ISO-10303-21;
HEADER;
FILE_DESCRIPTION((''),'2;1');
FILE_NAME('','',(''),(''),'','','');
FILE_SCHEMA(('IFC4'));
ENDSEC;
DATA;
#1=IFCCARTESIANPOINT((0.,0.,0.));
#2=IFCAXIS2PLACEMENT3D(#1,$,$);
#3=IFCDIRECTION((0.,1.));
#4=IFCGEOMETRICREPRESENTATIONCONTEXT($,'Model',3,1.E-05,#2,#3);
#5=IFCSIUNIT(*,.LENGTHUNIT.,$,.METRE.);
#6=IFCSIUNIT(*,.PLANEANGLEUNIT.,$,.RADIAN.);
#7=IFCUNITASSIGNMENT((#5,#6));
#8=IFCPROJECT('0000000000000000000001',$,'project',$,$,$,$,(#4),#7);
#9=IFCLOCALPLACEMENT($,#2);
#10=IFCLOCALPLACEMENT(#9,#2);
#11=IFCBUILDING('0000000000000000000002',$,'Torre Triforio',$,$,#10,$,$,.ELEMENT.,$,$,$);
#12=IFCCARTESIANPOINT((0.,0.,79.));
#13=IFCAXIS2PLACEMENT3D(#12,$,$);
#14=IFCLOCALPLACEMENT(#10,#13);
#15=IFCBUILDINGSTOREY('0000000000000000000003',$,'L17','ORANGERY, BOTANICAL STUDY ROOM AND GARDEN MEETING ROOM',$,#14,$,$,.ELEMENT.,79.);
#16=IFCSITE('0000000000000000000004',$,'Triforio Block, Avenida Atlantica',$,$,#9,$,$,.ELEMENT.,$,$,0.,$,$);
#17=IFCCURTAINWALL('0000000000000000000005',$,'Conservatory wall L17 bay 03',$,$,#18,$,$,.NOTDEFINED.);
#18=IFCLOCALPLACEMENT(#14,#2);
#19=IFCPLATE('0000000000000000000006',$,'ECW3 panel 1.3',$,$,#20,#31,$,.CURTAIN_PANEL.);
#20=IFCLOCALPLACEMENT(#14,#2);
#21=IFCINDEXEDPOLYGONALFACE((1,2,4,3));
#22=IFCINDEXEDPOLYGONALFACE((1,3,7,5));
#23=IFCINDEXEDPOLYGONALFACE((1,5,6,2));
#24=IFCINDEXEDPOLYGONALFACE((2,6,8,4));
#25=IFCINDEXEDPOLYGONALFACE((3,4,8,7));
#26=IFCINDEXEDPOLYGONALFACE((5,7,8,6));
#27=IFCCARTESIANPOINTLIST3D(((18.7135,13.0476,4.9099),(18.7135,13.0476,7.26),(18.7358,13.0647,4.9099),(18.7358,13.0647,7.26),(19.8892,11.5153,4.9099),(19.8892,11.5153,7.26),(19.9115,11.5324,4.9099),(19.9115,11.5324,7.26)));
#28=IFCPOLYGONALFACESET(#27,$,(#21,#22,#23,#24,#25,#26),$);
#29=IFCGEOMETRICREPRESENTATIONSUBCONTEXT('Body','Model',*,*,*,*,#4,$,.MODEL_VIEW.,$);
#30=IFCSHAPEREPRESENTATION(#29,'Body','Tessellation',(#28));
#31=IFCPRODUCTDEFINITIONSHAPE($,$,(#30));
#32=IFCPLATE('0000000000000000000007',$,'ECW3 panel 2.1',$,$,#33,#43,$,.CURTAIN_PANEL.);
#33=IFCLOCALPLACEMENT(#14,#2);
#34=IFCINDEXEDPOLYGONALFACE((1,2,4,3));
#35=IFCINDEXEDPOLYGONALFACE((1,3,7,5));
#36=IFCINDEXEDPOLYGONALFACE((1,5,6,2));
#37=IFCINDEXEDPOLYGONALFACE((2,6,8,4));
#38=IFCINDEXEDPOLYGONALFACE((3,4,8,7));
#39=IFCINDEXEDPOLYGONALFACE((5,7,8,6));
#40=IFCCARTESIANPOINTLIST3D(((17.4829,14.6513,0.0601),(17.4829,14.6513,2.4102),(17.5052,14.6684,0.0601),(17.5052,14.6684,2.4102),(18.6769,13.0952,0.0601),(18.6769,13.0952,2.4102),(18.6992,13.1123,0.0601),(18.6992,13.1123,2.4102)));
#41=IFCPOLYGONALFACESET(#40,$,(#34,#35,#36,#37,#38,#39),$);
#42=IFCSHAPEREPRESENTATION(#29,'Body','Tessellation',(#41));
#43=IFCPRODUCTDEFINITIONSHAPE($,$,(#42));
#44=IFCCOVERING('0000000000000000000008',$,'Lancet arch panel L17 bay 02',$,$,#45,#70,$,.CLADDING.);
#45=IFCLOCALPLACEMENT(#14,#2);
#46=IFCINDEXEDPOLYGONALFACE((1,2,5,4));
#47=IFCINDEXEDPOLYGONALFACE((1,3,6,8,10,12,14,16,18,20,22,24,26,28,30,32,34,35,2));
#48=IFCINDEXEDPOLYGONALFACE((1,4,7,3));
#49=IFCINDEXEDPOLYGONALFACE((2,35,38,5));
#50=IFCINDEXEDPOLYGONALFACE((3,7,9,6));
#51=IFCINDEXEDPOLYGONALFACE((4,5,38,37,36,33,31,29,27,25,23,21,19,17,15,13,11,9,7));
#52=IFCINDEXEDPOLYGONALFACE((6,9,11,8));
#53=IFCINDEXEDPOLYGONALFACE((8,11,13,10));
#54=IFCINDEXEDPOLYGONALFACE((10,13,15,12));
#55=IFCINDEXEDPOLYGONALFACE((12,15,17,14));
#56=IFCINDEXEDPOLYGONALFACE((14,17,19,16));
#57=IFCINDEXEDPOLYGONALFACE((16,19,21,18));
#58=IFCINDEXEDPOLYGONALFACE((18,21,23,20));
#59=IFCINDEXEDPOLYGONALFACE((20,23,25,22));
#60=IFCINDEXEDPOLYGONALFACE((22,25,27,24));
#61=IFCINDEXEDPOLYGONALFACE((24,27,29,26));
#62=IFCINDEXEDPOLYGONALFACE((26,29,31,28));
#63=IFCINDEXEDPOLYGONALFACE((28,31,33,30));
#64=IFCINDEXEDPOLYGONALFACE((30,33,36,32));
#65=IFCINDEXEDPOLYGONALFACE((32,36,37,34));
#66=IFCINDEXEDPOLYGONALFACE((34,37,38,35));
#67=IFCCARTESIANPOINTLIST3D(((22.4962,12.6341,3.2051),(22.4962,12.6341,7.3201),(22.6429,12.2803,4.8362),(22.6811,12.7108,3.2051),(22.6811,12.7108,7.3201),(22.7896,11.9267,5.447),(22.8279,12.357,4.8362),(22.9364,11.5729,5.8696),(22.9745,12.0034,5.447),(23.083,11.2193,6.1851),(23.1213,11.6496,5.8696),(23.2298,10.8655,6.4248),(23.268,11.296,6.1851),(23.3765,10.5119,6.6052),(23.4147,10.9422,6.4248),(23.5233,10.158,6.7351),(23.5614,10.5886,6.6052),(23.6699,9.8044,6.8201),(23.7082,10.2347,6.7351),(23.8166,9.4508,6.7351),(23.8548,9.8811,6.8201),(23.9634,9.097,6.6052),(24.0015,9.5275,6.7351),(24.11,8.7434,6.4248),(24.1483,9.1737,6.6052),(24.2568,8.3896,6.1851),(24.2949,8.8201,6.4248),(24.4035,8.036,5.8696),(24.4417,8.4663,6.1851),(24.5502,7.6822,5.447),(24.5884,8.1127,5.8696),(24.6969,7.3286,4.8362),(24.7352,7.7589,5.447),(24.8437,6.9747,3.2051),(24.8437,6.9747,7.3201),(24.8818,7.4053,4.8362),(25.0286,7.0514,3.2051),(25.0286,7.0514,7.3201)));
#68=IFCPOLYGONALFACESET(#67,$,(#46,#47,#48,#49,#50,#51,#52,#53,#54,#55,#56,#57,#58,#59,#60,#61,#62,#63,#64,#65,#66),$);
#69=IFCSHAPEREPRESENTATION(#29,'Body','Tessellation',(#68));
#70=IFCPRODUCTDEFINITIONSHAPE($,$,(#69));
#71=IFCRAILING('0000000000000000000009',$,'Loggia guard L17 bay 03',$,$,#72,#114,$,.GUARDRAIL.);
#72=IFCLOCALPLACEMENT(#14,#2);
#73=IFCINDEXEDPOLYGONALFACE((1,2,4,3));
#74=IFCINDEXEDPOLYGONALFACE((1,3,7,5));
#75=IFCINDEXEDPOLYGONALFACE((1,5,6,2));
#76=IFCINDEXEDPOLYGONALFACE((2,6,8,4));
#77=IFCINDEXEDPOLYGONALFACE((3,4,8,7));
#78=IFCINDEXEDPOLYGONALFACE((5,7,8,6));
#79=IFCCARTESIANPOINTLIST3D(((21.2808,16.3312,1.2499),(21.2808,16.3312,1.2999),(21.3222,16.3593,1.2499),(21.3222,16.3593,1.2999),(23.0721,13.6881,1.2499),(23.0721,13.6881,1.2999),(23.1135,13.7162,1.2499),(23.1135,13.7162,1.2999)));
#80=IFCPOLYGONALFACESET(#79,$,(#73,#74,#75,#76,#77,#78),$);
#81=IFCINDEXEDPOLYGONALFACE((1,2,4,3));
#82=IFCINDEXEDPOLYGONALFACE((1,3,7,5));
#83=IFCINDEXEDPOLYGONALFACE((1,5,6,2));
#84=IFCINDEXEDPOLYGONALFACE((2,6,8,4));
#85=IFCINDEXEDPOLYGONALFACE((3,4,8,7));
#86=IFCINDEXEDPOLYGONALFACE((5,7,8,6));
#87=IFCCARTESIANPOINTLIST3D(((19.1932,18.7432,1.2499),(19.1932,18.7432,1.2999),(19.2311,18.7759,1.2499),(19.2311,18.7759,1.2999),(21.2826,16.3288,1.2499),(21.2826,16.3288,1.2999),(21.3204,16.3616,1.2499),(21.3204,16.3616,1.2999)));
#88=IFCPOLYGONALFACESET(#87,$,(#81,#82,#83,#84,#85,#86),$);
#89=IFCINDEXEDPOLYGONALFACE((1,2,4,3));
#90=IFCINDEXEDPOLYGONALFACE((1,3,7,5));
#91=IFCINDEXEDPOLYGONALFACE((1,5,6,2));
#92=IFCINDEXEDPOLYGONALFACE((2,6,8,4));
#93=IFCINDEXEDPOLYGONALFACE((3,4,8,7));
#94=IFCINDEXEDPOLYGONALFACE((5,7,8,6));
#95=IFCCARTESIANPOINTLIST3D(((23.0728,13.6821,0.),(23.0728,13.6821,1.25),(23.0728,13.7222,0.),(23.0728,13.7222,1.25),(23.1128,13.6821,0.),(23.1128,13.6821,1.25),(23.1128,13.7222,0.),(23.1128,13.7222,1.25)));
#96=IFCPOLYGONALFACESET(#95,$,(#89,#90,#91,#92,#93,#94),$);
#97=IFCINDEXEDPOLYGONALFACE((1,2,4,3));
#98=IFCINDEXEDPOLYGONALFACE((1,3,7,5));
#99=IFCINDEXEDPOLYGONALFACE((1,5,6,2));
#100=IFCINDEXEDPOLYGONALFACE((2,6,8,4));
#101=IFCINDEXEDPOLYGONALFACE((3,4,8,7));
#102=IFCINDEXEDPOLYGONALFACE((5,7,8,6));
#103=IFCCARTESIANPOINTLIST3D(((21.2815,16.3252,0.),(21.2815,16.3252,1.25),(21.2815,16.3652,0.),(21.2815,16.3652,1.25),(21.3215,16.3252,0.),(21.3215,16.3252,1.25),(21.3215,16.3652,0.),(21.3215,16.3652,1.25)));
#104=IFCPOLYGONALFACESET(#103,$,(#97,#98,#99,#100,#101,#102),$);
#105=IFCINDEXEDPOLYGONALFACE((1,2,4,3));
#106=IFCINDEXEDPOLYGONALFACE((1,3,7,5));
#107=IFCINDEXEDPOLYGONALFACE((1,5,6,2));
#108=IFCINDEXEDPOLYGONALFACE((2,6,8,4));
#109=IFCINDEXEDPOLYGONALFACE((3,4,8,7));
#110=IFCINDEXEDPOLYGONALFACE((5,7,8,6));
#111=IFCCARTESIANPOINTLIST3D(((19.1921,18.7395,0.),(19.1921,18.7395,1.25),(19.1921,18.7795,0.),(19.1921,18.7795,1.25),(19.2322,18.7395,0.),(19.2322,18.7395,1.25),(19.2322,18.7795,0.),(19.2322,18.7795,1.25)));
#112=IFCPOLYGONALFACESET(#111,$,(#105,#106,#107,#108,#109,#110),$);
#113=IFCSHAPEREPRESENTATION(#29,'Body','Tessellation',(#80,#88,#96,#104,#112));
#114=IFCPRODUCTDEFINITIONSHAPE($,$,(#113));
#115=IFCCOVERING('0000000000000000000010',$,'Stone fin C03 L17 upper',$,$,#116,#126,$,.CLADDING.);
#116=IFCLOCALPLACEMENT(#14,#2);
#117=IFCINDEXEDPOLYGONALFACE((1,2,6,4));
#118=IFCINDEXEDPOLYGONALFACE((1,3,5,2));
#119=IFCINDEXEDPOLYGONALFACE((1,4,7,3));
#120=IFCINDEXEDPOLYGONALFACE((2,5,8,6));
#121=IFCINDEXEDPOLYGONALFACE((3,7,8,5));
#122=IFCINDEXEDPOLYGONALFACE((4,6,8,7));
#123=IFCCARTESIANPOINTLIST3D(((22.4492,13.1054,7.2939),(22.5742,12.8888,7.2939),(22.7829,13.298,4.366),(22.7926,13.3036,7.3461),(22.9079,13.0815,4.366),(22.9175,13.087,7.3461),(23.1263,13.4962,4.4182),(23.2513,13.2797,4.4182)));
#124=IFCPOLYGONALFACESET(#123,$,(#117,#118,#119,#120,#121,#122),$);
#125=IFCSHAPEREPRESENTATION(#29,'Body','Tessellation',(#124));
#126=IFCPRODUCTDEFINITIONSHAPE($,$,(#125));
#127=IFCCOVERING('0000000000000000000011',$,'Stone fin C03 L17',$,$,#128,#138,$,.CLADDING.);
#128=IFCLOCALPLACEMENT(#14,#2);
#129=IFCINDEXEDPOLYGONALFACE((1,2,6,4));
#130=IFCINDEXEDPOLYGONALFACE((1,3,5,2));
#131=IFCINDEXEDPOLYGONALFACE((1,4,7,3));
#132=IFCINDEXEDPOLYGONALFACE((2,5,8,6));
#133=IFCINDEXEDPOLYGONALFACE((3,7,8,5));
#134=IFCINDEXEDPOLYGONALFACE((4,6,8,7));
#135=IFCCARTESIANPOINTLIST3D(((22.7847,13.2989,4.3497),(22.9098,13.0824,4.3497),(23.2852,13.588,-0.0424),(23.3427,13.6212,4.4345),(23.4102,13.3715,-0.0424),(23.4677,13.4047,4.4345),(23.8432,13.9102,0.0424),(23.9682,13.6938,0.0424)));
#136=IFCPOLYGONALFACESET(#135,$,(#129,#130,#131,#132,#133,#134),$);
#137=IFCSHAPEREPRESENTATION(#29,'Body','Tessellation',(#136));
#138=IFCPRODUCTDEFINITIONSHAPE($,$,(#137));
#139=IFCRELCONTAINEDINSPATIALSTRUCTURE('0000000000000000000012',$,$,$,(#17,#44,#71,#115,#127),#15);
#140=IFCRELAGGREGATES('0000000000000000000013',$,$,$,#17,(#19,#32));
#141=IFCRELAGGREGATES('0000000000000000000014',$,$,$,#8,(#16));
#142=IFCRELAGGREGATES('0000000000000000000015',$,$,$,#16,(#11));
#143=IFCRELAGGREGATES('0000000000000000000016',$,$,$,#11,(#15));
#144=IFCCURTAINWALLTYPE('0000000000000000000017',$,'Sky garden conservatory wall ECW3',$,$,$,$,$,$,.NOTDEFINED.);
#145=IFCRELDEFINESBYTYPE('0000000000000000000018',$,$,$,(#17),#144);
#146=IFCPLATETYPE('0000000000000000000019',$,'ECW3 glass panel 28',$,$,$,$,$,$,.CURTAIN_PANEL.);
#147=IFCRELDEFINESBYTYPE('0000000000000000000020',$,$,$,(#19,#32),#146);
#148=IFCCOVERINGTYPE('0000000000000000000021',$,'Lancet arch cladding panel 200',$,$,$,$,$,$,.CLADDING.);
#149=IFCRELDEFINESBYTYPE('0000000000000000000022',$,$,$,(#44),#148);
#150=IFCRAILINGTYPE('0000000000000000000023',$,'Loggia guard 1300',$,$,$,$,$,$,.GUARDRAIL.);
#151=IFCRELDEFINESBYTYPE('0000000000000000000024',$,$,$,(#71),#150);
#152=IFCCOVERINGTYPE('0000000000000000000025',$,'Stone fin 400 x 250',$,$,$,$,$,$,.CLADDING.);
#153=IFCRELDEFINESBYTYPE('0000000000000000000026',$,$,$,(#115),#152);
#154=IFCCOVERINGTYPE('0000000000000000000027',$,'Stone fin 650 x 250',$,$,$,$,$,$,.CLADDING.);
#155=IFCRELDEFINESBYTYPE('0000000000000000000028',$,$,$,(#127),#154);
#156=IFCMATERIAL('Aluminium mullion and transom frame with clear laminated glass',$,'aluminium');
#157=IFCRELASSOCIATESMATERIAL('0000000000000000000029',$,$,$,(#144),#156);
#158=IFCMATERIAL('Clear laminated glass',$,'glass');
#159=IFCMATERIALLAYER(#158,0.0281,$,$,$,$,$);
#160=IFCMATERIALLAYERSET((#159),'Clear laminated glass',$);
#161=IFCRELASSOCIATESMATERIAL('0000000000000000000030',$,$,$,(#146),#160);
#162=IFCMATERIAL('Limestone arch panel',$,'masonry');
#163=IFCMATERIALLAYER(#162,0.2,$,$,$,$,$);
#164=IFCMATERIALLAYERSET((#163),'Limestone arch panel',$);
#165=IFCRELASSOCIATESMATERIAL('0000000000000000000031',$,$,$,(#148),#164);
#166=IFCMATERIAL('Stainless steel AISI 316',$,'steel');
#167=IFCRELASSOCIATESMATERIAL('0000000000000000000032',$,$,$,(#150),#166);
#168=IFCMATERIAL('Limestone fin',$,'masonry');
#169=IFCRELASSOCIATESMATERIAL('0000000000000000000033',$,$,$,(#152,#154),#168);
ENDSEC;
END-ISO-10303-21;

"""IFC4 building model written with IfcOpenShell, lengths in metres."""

from ifc_helpers import new_model, si_unit, direction, frame, origin, origin_2d, place, context, subcontext, project, spatial, polyline, rectangle, outline, extrude, material, layer, layer_set, material_profile, profile_set, type_object, element, aggregate, save


model = new_model("IFC4")

# Units and contexts
model_context = context("Model", 3, precision=1e-05, world=origin(), true_north=direction((0.0, 1.0)))
body_context = subcontext(model_context, "Body", "Model", "MODEL_VIEW")
ifc_project = project(units=[si_unit("LENGTHUNIT", "METRE"), si_unit("PLANEANGLEUNIT", "RADIAN")], contexts=[model_context])

# Site, building, storey
site_placement = place(None, origin())
site = spatial("IfcSite", under=ifc_project, at=site_placement, Name="Triforio Block, Avenida Atlantica", CompositionType="ELEMENT", RefElevation=0.0)
building_placement = place(site_placement, origin())
building = spatial("IfcBuilding", under=site, at=building_placement, Name="Torre Triforio", CompositionType="ELEMENT")
storey_placement = place(building_placement, frame((0.0, 0.0, 79.0)))
storey = spatial("IfcBuildingStorey", under=building, at=storey_placement, Name="L17", Description="ORANGERY, BOTANICAL STUDY ROOM AND GARDEN MEETING ROOM", CompositionType="ELEMENT", Elevation=79.0)

# Curtain wall
ifc_material_1 = material(Name="Aluminium mullion and transom frame with clear laminated glass", Category="aluminium")
curtain_wall_type = type_object("IfcCurtainWallType", Name="Sky garden conservatory wall ECW3", PredefinedType="NOTDEFINED", material=ifc_material_1)
curtain_wall_placement = place(storey_placement, origin())
curtain_wall = element("IfcCurtainWall", 1, at=curtain_wall_placement, inside=storey, type_object=curtain_wall_type, Name="Conservatory wall L17 bay 03", PredefinedType="NOTDEFINED")

# Plates
ifc_material_2 = material(Name="Clear laminated glass", Category="glass")
ifc_layer_1 = layer(ifc_material_2, 0.0281)
ifc_layer_set_1 = layer_set([ifc_layer_1], Name="Clear laminated glass")
plate_type = type_object("IfcPlateType", Name="ECW3 glass panel 28", PredefinedType="CURTAIN_PANEL", material=ifc_layer_set_1)
plate_1_placement = place(storey_placement, frame((19.3125, 12.29, 4.9099), z_axis=(0.0, 0.0, 1.0), x_axis=(-0.608752, 0.79336, 0.0)))
plate_1 = element("IfcPlate", 2, at=plate_1_placement, type_object=plate_type, Name="ECW3 panel 1.3", PredefinedType="CURTAIN_PANEL", context=body_context, shape_type="SweptSolid", body=[
    extrude(rectangle(XDim=1.9314, YDim=0.0281, at=origin_2d()), origin(), (0.0, 0.0, 1.0), 2.3501),
])
plate_2_placement = place(storey_placement, frame((18.0911, 13.8818, 0.0601), z_axis=(0.0, 0.0, 1.0), x_axis=(-0.608752, 0.79336, 0.0)))
plate_2 = element("IfcPlate", 3, at=plate_2_placement, type_object=plate_type, Name="ECW3 panel 2.1", PredefinedType="CURTAIN_PANEL", context=body_context, shape_type="SweptSolid", body=[
    extrude(rectangle(XDim=1.9614, YDim=0.0281, at=origin_2d()), origin(), (0.0, 0.0, 1.0), 2.3501),
])
aggregate(curtain_wall, [plate_1, plate_2])

# Covering
ifc_material_3 = material(Name="Limestone arch panel", Category="masonry")
ifc_layer_2 = layer(ifc_material_3, 0.2)
ifc_layer_set_2 = layer_set([ifc_layer_2], Name="Limestone arch panel")
covering_type_1 = type_object("IfcCoveringType", Name="Lancet arch cladding panel 200", PredefinedType="CLADDING", material=ifc_layer_set_2)
covering_1_placement = place(storey_placement, frame((23.6699, 9.8044, 0.0), z_axis=(0.923689, 0.383142, 0.0), x_axis=(-0.383142, 0.923689, 0.0)))
element("IfcCovering", 4, at=covering_1_placement, inside=storey, type_object=covering_type_1, Name="Lancet arch panel L17 bay 02", PredefinedType="CLADDING", context=body_context, shape_type="SweptSolid", body=[
    extrude(outline(polyline([(-3.0635, 7.3201), (-3.0635, 3.2051), (-2.6804, 4.8362), (-2.2976, 5.447), (-1.9146, 5.8696), (-1.5317, 6.1851), (-1.1487, 6.4248), (-0.7659, 6.6052), (-0.3828, 6.7351), (0.0, 6.8201), (0.3828, 6.7351), (0.7659, 6.6052), (1.1487, 6.4248), (1.5317, 6.1851), (1.9146, 5.8696), (2.2976, 5.447), (2.6804, 4.8362), (3.0635, 3.2051), (3.0635, 7.3201), (-3.0635, 7.3201)])), origin(), (0.0, 0.0, 1.0), 0.2002),
])

# Railing
ifc_material_4 = material(Name="Stainless steel AISI 316", Category="steel")
railing_type = type_object("IfcRailingType", Name="Loggia guard 1300", PredefinedType="GUARDRAIL", material=ifc_material_4)
railing_placement = place(storey_placement, frame((23.0928, 13.7021, 0.0)))
element("IfcRailing", 5, at=railing_placement, inside=storey, type_object=railing_type, Name="Loggia guard L17 bay 03", PredefinedType="GUARDRAIL", context=body_context, shape_type="SweptSolid", body=[
    extrude(rectangle(XDim=0.05, YDim=0.05, at=origin_2d()), frame((0.0, 0.0, 1.2749), z_axis=(-0.561019, 0.827803, 0.0), x_axis=(-0.827803, -0.561019, 0.0)), (0.0, 0.0, 1.0), 3.1929),
    extrude(rectangle(XDim=0.05, YDim=0.05, at=origin_2d()), frame((-1.7913, 2.6431, 1.2749), z_axis=(-0.654386, 0.756161, 0.0), x_axis=(-0.756161, -0.654386, 0.0)), (0.0, 0.0, 1.0), 3.1929),
    extrude(rectangle(XDim=0.04, YDim=0.04, at=origin_2d()), origin(), (0.0, 0.0, 1.0), 1.25),
    extrude(rectangle(XDim=0.04, YDim=0.04, at=origin_2d()), frame((-1.7913, 2.6431, 0.0)), (0.0, 0.0, 1.0), 1.25),
    extrude(rectangle(XDim=0.04, YDim=0.04, at=origin_2d()), frame((-3.8806, 5.0574, 0.0)), (0.0, 0.0, 1.0), 1.25),
])

# Coverings
ifc_material_5 = material(Name="Limestone fin", Category="masonry")
ifc_material_profile_1 = material_profile(ifc_material_5, rectangle(XDim=0.3999, YDim=0.25, at=origin_2d()), Name="FIN 400x250")
ifc_profile_set_1 = profile_set([ifc_material_profile_1], Name="Limestone fin")
covering_type_2 = type_object("IfcCoveringType", Name="Stone fin 400 x 250", PredefinedType="CLADDING", material=ifc_profile_set_1)
covering_2_placement = place(storey_placement, frame((23.0171, 13.2888, 4.3921), z_axis=(-0.113009, -0.065226, 0.991451), x_axis=(0.858686, 0.495613, 0.130481)))
element("IfcCovering", 6, at=covering_2_placement, inside=storey, type_object=covering_type_2, Name="Stone fin C03 L17 upper", PredefinedType="CLADDING", context=body_context, shape_type="SweptSolid", body=[
    extrude(rectangle(XDim=0.3999, YDim=0.25, at=origin_2d()), origin(), (0.0, 0.0, 1.0), 2.9531),
])
ifc_material_profile_2 = material_profile(ifc_material_5, rectangle(XDim=0.6499, YDim=0.25, at=origin_2d()), Name="FIN 650x250")
ifc_profile_set_2 = profile_set([ifc_material_profile_2], Name="Limestone fin")
covering_type_3 = type_object("IfcCoveringType", Name="Stone fin 650 x 250", PredefinedType="CLADDING", material=ifc_profile_set_2)
covering_3_placement = place(storey_placement, frame((23.6267, 13.6409, 0.0), z_axis=(-0.112978, -0.065252, 0.991453), x_axis=(0.858545, 0.495862, 0.130468)))
element("IfcCovering", 7, at=covering_3_placement, inside=storey, type_object=covering_type_3, Name="Stone fin C03 L17", PredefinedType="CLADDING", context=body_context, shape_type="SweptSolid", body=[
    extrude(rectangle(XDim=0.6499, YDim=0.25, at=origin_2d()), origin(), (0.0, 0.0, 1.0), 4.4299),
])

save(model, "model.ifc")
